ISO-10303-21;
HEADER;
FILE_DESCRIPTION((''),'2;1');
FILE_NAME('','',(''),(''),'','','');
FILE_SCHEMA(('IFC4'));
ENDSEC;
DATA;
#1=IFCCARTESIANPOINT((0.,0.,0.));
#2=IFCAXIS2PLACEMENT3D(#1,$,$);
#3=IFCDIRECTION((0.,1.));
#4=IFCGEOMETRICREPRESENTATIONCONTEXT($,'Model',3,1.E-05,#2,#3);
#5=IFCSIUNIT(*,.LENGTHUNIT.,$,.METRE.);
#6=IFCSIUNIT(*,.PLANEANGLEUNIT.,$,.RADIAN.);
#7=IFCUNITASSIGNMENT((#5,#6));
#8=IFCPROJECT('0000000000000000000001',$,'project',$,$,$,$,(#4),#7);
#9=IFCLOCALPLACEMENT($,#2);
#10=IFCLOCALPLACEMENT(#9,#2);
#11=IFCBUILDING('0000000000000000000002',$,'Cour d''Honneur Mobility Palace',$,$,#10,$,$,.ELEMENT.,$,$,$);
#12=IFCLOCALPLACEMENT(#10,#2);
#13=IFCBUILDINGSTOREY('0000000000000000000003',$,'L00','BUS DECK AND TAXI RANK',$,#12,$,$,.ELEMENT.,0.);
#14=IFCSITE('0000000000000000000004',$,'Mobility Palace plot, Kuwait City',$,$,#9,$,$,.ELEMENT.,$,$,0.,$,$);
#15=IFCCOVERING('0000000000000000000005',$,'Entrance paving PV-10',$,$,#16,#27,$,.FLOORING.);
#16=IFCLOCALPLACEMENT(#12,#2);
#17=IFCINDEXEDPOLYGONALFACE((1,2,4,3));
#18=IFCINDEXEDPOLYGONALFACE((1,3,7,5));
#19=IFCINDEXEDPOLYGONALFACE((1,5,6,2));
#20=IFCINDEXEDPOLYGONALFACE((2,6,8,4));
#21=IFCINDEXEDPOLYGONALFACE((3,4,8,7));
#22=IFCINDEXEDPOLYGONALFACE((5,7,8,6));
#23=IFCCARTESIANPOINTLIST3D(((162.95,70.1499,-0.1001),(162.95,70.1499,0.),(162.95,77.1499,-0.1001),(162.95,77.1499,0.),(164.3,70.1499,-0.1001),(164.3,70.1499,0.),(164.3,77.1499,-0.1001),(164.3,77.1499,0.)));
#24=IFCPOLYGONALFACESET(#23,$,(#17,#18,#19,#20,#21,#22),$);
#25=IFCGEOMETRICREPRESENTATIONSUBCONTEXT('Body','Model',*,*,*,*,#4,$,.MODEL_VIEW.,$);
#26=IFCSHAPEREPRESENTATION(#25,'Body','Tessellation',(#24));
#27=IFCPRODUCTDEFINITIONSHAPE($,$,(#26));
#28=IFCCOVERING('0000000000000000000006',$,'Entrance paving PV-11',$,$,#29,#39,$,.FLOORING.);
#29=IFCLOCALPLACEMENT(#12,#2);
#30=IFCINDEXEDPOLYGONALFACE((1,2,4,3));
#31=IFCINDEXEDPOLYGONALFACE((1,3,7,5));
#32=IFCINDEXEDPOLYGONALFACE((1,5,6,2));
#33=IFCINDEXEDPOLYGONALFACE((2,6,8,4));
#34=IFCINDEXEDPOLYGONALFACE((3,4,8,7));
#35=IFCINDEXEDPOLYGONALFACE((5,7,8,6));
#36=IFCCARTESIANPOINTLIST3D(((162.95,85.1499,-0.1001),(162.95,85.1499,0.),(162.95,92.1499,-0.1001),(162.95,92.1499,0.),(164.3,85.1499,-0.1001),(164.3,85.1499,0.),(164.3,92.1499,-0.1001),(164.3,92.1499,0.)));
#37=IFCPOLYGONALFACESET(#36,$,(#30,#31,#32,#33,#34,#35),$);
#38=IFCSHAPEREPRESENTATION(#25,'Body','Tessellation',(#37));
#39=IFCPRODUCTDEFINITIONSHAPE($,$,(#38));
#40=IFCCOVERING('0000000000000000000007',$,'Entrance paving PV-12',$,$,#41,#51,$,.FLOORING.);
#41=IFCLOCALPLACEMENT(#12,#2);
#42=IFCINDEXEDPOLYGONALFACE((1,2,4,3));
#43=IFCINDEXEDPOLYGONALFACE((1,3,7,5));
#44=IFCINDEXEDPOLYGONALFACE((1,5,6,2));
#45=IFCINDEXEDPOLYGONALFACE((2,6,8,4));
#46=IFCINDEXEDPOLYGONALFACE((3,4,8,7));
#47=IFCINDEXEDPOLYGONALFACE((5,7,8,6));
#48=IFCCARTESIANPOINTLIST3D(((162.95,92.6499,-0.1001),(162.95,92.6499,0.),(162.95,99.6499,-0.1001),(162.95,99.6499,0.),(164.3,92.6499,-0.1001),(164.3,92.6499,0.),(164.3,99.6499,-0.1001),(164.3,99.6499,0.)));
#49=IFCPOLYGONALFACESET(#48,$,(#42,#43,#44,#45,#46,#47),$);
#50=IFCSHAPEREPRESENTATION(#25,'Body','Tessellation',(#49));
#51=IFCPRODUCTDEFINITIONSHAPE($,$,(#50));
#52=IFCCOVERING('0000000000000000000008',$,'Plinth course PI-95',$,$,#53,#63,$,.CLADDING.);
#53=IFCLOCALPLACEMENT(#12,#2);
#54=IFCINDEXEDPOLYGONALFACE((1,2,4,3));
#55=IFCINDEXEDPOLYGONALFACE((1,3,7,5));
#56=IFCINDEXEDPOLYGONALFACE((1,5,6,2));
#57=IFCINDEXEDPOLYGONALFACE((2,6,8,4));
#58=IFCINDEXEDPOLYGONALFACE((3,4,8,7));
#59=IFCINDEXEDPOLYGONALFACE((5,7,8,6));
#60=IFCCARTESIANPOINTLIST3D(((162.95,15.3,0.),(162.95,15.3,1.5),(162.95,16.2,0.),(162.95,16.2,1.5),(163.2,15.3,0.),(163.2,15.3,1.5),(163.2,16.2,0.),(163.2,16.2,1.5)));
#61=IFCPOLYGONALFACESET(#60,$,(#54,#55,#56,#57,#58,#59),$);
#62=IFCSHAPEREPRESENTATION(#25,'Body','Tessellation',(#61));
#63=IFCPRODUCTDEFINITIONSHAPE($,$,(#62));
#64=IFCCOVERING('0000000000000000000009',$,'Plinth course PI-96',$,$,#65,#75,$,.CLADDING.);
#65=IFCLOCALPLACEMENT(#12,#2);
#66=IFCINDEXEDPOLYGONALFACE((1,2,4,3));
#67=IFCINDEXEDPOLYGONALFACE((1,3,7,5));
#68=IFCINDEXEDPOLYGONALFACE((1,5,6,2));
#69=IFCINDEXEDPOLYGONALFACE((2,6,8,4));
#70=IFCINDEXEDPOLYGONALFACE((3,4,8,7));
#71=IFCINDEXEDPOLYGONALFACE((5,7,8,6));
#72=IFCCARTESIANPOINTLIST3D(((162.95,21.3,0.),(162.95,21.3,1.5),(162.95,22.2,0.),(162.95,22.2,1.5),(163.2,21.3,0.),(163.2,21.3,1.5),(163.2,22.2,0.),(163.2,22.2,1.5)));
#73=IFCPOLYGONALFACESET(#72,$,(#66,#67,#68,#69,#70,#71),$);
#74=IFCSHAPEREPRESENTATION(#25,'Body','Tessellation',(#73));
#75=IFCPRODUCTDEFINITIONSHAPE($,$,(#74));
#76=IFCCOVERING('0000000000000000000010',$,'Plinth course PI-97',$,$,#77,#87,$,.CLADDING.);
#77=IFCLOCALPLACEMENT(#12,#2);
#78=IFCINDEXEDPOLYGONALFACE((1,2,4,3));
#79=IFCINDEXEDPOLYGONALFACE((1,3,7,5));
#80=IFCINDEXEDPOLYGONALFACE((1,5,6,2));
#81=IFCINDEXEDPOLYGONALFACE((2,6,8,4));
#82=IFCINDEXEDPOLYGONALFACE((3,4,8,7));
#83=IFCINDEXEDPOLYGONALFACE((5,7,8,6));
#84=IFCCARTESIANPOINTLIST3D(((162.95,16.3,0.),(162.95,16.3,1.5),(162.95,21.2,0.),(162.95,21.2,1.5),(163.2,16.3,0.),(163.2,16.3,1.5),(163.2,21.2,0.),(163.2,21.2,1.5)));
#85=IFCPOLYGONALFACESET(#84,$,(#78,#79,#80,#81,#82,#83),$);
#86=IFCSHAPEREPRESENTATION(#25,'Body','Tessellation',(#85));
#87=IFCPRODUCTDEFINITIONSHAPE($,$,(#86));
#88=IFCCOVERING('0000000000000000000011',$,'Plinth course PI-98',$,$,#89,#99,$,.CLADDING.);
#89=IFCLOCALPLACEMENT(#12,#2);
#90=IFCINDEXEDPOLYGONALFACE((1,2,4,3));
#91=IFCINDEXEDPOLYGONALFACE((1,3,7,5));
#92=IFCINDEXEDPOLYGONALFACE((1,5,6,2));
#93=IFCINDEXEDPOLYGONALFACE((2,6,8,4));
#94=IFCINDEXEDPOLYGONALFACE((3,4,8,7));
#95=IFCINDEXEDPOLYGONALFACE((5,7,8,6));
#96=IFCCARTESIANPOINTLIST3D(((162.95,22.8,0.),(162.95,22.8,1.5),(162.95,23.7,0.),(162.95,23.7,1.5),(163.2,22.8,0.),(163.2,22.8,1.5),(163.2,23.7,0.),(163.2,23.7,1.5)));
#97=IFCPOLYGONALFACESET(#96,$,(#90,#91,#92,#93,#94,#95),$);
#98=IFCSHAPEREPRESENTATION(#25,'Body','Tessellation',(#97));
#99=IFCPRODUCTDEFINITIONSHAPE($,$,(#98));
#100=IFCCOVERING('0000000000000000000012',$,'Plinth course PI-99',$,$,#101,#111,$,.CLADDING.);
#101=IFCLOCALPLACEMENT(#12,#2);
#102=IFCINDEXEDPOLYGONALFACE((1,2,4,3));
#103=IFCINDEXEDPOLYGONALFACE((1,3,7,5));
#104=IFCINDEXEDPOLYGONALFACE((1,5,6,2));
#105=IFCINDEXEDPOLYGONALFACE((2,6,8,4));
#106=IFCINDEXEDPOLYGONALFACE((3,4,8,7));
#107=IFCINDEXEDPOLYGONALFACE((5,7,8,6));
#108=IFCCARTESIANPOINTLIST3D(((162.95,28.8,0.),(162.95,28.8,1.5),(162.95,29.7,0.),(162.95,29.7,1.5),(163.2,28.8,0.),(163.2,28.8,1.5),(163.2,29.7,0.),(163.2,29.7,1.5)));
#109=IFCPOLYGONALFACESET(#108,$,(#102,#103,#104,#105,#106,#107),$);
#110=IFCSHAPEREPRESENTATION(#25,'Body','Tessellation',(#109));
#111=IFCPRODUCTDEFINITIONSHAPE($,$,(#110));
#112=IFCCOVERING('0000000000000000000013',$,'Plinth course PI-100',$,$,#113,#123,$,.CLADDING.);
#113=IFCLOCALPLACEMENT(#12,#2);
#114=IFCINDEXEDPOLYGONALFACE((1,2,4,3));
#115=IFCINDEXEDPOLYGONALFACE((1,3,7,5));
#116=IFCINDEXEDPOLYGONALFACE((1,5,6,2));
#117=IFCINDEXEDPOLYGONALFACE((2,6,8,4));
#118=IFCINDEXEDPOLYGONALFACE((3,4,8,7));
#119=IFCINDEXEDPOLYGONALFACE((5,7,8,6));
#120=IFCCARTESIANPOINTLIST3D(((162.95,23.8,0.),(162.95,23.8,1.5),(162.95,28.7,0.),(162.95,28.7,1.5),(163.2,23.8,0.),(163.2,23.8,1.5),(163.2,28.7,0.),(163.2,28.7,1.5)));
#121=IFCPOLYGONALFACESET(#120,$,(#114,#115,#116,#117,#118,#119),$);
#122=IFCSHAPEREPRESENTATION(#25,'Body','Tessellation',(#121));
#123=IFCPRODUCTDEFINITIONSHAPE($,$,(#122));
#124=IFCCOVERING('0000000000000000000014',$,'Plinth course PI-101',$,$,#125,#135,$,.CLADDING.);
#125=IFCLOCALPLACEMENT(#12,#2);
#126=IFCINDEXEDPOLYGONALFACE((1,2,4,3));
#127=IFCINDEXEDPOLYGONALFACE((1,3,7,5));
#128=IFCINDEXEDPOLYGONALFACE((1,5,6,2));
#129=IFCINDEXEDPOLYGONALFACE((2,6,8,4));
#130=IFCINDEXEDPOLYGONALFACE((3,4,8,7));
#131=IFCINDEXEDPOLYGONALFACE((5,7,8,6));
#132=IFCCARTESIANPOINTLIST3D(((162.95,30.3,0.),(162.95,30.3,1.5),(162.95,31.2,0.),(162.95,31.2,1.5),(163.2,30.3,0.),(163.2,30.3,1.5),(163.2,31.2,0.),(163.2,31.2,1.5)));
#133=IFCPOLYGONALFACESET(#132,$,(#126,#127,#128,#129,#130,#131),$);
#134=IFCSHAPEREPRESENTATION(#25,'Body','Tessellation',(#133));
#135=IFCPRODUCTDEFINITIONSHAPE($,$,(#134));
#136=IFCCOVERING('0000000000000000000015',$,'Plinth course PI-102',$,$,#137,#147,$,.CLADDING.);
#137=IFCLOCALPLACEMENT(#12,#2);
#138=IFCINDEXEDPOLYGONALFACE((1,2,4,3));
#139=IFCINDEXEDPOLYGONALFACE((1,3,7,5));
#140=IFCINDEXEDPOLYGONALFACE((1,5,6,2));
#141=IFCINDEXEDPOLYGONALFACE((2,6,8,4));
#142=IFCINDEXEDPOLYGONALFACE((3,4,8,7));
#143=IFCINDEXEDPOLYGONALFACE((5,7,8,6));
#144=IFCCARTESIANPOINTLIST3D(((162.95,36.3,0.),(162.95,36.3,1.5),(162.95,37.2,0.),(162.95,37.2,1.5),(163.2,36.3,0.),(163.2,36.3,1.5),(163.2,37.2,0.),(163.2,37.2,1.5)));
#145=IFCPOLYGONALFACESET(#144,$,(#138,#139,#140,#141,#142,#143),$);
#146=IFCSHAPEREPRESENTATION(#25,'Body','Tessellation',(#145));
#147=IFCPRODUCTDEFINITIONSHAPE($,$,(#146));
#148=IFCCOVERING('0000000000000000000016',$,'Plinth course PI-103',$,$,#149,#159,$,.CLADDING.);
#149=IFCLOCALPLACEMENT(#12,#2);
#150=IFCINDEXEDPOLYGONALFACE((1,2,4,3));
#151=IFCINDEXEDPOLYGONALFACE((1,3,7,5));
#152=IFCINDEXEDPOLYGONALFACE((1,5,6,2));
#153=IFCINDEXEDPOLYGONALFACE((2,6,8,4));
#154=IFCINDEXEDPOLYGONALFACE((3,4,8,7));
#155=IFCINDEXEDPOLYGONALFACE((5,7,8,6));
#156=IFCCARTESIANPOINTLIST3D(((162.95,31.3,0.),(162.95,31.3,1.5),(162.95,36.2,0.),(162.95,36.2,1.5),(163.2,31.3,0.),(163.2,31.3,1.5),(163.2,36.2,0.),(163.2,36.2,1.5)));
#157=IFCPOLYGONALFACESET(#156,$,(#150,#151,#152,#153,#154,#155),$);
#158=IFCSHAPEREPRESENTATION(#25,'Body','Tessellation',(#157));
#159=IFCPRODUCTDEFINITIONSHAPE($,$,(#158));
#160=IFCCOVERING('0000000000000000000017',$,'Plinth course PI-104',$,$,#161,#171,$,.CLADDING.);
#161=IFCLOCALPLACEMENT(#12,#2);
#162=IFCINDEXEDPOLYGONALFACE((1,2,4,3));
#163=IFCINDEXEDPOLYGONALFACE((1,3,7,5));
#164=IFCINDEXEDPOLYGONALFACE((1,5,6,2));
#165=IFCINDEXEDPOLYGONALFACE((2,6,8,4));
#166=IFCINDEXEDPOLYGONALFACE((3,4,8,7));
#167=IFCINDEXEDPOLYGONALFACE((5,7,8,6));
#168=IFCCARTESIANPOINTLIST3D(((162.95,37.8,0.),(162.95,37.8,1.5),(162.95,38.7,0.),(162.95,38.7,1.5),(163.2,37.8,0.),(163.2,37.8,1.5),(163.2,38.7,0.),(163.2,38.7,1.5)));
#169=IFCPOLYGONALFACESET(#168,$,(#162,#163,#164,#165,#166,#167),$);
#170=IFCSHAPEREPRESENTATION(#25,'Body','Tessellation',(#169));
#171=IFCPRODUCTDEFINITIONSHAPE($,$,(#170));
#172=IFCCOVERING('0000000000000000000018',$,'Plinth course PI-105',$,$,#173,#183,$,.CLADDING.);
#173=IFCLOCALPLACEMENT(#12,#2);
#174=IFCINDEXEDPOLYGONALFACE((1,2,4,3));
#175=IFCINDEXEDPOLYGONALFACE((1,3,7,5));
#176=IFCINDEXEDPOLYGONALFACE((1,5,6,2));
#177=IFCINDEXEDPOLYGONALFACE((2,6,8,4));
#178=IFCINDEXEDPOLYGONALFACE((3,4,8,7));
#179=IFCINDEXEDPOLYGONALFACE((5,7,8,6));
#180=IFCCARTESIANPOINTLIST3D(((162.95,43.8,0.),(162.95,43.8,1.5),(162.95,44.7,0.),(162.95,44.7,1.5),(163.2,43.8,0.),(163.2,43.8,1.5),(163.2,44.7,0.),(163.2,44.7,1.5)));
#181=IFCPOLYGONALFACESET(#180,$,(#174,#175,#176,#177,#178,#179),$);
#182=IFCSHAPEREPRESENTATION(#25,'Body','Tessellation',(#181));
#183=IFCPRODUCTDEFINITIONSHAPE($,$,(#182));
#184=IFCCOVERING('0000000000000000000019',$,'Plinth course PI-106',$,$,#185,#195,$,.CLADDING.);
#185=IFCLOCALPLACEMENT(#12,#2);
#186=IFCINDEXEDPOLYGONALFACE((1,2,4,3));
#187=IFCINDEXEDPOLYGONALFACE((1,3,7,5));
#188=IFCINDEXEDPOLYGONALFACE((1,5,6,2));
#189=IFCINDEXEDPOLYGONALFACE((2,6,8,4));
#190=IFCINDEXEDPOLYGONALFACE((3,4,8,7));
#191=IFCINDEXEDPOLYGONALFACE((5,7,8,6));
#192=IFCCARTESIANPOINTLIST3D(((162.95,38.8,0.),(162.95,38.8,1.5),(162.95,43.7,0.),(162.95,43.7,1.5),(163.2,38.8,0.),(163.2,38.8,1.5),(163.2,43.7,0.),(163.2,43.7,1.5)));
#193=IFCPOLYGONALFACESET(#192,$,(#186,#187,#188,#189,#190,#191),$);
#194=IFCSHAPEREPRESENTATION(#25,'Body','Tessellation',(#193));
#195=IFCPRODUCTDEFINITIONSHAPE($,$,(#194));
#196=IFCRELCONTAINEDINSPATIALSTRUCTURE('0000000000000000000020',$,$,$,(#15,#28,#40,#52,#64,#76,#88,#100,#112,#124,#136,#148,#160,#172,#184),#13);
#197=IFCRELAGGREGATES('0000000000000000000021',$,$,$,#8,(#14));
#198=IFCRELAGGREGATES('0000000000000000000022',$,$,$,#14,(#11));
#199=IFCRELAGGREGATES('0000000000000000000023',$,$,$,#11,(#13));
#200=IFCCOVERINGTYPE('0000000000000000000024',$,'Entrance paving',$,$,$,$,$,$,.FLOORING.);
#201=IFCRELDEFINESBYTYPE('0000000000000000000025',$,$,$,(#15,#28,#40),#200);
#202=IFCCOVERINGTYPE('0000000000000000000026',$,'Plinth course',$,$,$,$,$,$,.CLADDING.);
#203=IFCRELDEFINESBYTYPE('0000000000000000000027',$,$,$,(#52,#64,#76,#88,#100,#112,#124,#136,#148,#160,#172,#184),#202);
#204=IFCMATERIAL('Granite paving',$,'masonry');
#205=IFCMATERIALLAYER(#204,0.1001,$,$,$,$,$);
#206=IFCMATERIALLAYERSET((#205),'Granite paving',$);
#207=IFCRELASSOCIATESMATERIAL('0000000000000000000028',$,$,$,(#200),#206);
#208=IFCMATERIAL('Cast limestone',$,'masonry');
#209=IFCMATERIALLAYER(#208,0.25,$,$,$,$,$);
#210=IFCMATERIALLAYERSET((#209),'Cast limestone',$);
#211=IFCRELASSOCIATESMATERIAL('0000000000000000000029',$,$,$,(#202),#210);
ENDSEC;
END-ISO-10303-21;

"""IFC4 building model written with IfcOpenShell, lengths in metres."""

from ifc_helpers import new_model, si_unit, direction, frame, origin, place, context, subcontext, project, spatial, polyline, outline, extrude, material, layer, layer_set, type_object, element, save


model = new_model("IFC4")

# Units and contexts
model_context = context("Model", 3, precision=1e-05, world=origin(), true_north=direction((0.0, 1.0)))
body_context = subcontext(model_context, "Body", "Model", "MODEL_VIEW")
ifc_project = project(units=[si_unit("LENGTHUNIT", "METRE"), si_unit("PLANEANGLEUNIT", "RADIAN")], contexts=[model_context])

# Site, building, storey
site_placement = place(None, origin())
site = spatial("IfcSite", under=ifc_project, at=site_placement, Name="Mobility Palace plot, Kuwait City", CompositionType="ELEMENT", RefElevation=0.0)
building_placement = place(site_placement, origin())
building = spatial("IfcBuilding", under=site, at=building_placement, Name="Cour d'Honneur Mobility Palace", CompositionType="ELEMENT")
storey_placement = place(building_placement, origin())
storey = spatial("IfcBuildingStorey", under=building, at=storey_placement, Name="L00", Description="BUS DECK AND TAXI RANK", CompositionType="ELEMENT", Elevation=0.0)

# Coverings
ifc_material_1 = material(Name="Granite paving", Category="masonry")
ifc_layer_1 = layer(ifc_material_1, 0.1001)
ifc_layer_set_1 = layer_set([ifc_layer_1], Name="Granite paving")
covering_type_1 = type_object("IfcCoveringType", Name="Entrance paving", PredefinedType="FLOORING", material=ifc_layer_set_1)
covering_1_placement = place(storey_placement, frame((0.0, 0.0, -0.1001)))
element("IfcCovering", 1, at=covering_1_placement, inside=storey, type_object=covering_type_1, Name="Entrance paving PV-10", PredefinedType="FLOORING", context=body_context, shape_type="SweptSolid", body=[
    extrude(outline(polyline([(162.95, 70.1499), (162.95, 77.1499), (164.3, 77.1499), (164.3, 70.1499), (162.95, 70.1499)])), origin(), (0.0, 0.0, 1.0), 0.1001),
])
covering_2_placement = place(storey_placement, frame((0.0, 0.0, -0.1001)))
element("IfcCovering", 2, at=covering_2_placement, inside=storey, type_object=covering_type_1, Name="Entrance paving PV-11", PredefinedType="FLOORING", context=body_context, shape_type="SweptSolid", body=[
    extrude(outline(polyline([(162.95, 85.1499), (162.95, 92.1499), (164.3, 92.1499), (164.3, 85.1499), (162.95, 85.1499)])), origin(), (0.0, 0.0, 1.0), 0.1001),
])
covering_3_placement = place(storey_placement, frame((0.0, 0.0, -0.1001)))
element("IfcCovering", 3, at=covering_3_placement, inside=storey, type_object=covering_type_1, Name="Entrance paving PV-12", PredefinedType="FLOORING", context=body_context, shape_type="SweptSolid", body=[
    extrude(outline(polyline([(162.95, 92.6499), (162.95, 99.6499), (164.3, 99.6499), (164.3, 92.6499), (162.95, 92.6499)])), origin(), (0.0, 0.0, 1.0), 0.1001),
])
ifc_material_2 = material(Name="Cast limestone", Category="masonry")
ifc_layer_2 = layer(ifc_material_2, 0.25)
ifc_layer_set_2 = layer_set([ifc_layer_2], Name="Cast limestone")
covering_type_2 = type_object("IfcCoveringType", Name="Plinth course", PredefinedType="CLADDING", material=ifc_layer_set_2)
covering_4_placement = place(storey_placement, origin())
element("IfcCovering", 4, at=covering_4_placement, inside=storey, type_object=covering_type_2, Name="Plinth course PI-95", PredefinedType="CLADDING", context=body_context, shape_type="SweptSolid", body=[
    extrude(outline(polyline([(162.95, 15.3), (162.95, 16.2), (163.2, 16.2), (163.2, 15.3), (162.95, 15.3)])), origin(), (0.0, 0.0, 1.0), 1.5),
])
covering_5_placement = place(storey_placement, origin())
element("IfcCovering", 5, at=covering_5_placement, inside=storey, type_object=covering_type_2, Name="Plinth course PI-96", PredefinedType="CLADDING", context=body_context, shape_type="SweptSolid", body=[
    extrude(outline(polyline([(162.95, 21.3), (162.95, 22.2), (163.2, 22.2), (163.2, 21.3), (162.95, 21.3)])), origin(), (0.0, 0.0, 1.0), 1.5),
])
covering_6_placement = place(storey_placement, origin())
element("IfcCovering", 6, at=covering_6_placement, inside=storey, type_object=covering_type_2, Name="Plinth course PI-97", PredefinedType="CLADDING", context=body_context, shape_type="SweptSolid", body=[
    extrude(outline(polyline([(162.95, 16.3), (162.95, 21.2), (163.2, 21.2), (163.2, 16.3), (162.95, 16.3)])), origin(), (0.0, 0.0, 1.0), 1.5),
])
covering_7_placement = place(storey_placement, origin())
element("IfcCovering", 7, at=covering_7_placement, inside=storey, type_object=covering_type_2, Name="Plinth course PI-98", PredefinedType="CLADDING", context=body_context, shape_type="SweptSolid", body=[
    extrude(outline(polyline([(162.95, 22.8), (162.95, 23.7), (163.2, 23.7), (163.2, 22.8), (162.95, 22.8)])), origin(), (0.0, 0.0, 1.0), 1.5),
])
covering_8_placement = place(storey_placement, origin())
element("IfcCovering", 8, at=covering_8_placement, inside=storey, type_object=covering_type_2, Name="Plinth course PI-99", PredefinedType="CLADDING", context=body_context, shape_type="SweptSolid", body=[
    extrude(outline(polyline([(162.95, 28.8), (162.95, 29.7), (163.2, 29.7), (163.2, 28.8), (162.95, 28.8)])), origin(), (0.0, 0.0, 1.0), 1.5),
])
covering_9_placement = place(storey_placement, origin())
element("IfcCovering", 9, at=covering_9_placement, inside=storey, type_object=covering_type_2, Name="Plinth course PI-100", PredefinedType="CLADDING", context=body_context, shape_type="SweptSolid", body=[
    extrude(outline(polyline([(162.95, 23.8), (162.95, 28.7), (163.2, 28.7), (163.2, 23.8), (162.95, 23.8)])), origin(), (0.0, 0.0, 1.0), 1.5),
])
covering_10_placement = place(storey_placement, origin())
element("IfcCovering", 10, at=covering_10_placement, inside=storey, type_object=covering_type_2, Name="Plinth course PI-101", PredefinedType="CLADDING", context=body_context, shape_type="SweptSolid", body=[
    extrude(outline(polyline([(162.95, 30.3), (162.95, 31.2), (163.2, 31.2), (163.2, 30.3), (162.95, 30.3)])), origin(), (0.0, 0.0, 1.0), 1.5),
])
covering_11_placement = place(storey_placement, origin())
element("IfcCovering", 11, at=covering_11_placement, inside=storey, type_object=covering_type_2, Name="Plinth course PI-102", PredefinedType="CLADDING", context=body_context, shape_type="SweptSolid", body=[
    extrude(outline(polyline([(162.95, 36.3), (162.95, 37.2), (163.2, 37.2), (163.2, 36.3), (162.95, 36.3)])), origin(), (0.0, 0.0, 1.0), 1.5),
])
covering_12_placement = place(storey_placement, origin())
element("IfcCovering", 12, at=covering_12_placement, inside=storey, type_object=covering_type_2, Name="Plinth course PI-103", PredefinedType="CLADDING", context=body_context, shape_type="SweptSolid", body=[
    extrude(outline(polyline([(162.95, 31.3), (162.95, 36.2), (163.2, 36.2), (163.2, 31.3), (162.95, 31.3)])), origin(), (0.0, 0.0, 1.0), 1.5),
])
covering_13_placement = place(storey_placement, origin())
element("IfcCovering", 13, at=covering_13_placement, inside=storey, type_object=covering_type_2, Name="Plinth course PI-104", PredefinedType="CLADDING", context=body_context, shape_type="SweptSolid", body=[
    extrude(outline(polyline([(162.95, 37.8), (162.95, 38.7), (163.2, 38.7), (163.2, 37.8), (162.95, 37.8)])), origin(), (0.0, 0.0, 1.0), 1.5),
])
covering_14_placement = place(storey_placement, origin())
element("IfcCovering", 14, at=covering_14_placement, inside=storey, type_object=covering_type_2, Name="Plinth course PI-105", PredefinedType="CLADDING", context=body_context, shape_type="SweptSolid", body=[
    extrude(outline(polyline([(162.95, 43.8), (162.95, 44.7), (163.2, 44.7), (163.2, 43.8), (162.95, 43.8)])), origin(), (0.0, 0.0, 1.0), 1.5),
])
covering_15_placement = place(storey_placement, origin())
element("IfcCovering", 15, at=covering_15_placement, inside=storey, type_object=covering_type_2, Name="Plinth course PI-106", PredefinedType="CLADDING", context=body_context, shape_type="SweptSolid", body=[
    extrude(outline(polyline([(162.95, 38.8), (162.95, 43.7), (163.2, 43.7), (163.2, 38.8), (162.95, 38.8)])), origin(), (0.0, 0.0, 1.0), 1.5),
])

save(model, "model.ifc")
